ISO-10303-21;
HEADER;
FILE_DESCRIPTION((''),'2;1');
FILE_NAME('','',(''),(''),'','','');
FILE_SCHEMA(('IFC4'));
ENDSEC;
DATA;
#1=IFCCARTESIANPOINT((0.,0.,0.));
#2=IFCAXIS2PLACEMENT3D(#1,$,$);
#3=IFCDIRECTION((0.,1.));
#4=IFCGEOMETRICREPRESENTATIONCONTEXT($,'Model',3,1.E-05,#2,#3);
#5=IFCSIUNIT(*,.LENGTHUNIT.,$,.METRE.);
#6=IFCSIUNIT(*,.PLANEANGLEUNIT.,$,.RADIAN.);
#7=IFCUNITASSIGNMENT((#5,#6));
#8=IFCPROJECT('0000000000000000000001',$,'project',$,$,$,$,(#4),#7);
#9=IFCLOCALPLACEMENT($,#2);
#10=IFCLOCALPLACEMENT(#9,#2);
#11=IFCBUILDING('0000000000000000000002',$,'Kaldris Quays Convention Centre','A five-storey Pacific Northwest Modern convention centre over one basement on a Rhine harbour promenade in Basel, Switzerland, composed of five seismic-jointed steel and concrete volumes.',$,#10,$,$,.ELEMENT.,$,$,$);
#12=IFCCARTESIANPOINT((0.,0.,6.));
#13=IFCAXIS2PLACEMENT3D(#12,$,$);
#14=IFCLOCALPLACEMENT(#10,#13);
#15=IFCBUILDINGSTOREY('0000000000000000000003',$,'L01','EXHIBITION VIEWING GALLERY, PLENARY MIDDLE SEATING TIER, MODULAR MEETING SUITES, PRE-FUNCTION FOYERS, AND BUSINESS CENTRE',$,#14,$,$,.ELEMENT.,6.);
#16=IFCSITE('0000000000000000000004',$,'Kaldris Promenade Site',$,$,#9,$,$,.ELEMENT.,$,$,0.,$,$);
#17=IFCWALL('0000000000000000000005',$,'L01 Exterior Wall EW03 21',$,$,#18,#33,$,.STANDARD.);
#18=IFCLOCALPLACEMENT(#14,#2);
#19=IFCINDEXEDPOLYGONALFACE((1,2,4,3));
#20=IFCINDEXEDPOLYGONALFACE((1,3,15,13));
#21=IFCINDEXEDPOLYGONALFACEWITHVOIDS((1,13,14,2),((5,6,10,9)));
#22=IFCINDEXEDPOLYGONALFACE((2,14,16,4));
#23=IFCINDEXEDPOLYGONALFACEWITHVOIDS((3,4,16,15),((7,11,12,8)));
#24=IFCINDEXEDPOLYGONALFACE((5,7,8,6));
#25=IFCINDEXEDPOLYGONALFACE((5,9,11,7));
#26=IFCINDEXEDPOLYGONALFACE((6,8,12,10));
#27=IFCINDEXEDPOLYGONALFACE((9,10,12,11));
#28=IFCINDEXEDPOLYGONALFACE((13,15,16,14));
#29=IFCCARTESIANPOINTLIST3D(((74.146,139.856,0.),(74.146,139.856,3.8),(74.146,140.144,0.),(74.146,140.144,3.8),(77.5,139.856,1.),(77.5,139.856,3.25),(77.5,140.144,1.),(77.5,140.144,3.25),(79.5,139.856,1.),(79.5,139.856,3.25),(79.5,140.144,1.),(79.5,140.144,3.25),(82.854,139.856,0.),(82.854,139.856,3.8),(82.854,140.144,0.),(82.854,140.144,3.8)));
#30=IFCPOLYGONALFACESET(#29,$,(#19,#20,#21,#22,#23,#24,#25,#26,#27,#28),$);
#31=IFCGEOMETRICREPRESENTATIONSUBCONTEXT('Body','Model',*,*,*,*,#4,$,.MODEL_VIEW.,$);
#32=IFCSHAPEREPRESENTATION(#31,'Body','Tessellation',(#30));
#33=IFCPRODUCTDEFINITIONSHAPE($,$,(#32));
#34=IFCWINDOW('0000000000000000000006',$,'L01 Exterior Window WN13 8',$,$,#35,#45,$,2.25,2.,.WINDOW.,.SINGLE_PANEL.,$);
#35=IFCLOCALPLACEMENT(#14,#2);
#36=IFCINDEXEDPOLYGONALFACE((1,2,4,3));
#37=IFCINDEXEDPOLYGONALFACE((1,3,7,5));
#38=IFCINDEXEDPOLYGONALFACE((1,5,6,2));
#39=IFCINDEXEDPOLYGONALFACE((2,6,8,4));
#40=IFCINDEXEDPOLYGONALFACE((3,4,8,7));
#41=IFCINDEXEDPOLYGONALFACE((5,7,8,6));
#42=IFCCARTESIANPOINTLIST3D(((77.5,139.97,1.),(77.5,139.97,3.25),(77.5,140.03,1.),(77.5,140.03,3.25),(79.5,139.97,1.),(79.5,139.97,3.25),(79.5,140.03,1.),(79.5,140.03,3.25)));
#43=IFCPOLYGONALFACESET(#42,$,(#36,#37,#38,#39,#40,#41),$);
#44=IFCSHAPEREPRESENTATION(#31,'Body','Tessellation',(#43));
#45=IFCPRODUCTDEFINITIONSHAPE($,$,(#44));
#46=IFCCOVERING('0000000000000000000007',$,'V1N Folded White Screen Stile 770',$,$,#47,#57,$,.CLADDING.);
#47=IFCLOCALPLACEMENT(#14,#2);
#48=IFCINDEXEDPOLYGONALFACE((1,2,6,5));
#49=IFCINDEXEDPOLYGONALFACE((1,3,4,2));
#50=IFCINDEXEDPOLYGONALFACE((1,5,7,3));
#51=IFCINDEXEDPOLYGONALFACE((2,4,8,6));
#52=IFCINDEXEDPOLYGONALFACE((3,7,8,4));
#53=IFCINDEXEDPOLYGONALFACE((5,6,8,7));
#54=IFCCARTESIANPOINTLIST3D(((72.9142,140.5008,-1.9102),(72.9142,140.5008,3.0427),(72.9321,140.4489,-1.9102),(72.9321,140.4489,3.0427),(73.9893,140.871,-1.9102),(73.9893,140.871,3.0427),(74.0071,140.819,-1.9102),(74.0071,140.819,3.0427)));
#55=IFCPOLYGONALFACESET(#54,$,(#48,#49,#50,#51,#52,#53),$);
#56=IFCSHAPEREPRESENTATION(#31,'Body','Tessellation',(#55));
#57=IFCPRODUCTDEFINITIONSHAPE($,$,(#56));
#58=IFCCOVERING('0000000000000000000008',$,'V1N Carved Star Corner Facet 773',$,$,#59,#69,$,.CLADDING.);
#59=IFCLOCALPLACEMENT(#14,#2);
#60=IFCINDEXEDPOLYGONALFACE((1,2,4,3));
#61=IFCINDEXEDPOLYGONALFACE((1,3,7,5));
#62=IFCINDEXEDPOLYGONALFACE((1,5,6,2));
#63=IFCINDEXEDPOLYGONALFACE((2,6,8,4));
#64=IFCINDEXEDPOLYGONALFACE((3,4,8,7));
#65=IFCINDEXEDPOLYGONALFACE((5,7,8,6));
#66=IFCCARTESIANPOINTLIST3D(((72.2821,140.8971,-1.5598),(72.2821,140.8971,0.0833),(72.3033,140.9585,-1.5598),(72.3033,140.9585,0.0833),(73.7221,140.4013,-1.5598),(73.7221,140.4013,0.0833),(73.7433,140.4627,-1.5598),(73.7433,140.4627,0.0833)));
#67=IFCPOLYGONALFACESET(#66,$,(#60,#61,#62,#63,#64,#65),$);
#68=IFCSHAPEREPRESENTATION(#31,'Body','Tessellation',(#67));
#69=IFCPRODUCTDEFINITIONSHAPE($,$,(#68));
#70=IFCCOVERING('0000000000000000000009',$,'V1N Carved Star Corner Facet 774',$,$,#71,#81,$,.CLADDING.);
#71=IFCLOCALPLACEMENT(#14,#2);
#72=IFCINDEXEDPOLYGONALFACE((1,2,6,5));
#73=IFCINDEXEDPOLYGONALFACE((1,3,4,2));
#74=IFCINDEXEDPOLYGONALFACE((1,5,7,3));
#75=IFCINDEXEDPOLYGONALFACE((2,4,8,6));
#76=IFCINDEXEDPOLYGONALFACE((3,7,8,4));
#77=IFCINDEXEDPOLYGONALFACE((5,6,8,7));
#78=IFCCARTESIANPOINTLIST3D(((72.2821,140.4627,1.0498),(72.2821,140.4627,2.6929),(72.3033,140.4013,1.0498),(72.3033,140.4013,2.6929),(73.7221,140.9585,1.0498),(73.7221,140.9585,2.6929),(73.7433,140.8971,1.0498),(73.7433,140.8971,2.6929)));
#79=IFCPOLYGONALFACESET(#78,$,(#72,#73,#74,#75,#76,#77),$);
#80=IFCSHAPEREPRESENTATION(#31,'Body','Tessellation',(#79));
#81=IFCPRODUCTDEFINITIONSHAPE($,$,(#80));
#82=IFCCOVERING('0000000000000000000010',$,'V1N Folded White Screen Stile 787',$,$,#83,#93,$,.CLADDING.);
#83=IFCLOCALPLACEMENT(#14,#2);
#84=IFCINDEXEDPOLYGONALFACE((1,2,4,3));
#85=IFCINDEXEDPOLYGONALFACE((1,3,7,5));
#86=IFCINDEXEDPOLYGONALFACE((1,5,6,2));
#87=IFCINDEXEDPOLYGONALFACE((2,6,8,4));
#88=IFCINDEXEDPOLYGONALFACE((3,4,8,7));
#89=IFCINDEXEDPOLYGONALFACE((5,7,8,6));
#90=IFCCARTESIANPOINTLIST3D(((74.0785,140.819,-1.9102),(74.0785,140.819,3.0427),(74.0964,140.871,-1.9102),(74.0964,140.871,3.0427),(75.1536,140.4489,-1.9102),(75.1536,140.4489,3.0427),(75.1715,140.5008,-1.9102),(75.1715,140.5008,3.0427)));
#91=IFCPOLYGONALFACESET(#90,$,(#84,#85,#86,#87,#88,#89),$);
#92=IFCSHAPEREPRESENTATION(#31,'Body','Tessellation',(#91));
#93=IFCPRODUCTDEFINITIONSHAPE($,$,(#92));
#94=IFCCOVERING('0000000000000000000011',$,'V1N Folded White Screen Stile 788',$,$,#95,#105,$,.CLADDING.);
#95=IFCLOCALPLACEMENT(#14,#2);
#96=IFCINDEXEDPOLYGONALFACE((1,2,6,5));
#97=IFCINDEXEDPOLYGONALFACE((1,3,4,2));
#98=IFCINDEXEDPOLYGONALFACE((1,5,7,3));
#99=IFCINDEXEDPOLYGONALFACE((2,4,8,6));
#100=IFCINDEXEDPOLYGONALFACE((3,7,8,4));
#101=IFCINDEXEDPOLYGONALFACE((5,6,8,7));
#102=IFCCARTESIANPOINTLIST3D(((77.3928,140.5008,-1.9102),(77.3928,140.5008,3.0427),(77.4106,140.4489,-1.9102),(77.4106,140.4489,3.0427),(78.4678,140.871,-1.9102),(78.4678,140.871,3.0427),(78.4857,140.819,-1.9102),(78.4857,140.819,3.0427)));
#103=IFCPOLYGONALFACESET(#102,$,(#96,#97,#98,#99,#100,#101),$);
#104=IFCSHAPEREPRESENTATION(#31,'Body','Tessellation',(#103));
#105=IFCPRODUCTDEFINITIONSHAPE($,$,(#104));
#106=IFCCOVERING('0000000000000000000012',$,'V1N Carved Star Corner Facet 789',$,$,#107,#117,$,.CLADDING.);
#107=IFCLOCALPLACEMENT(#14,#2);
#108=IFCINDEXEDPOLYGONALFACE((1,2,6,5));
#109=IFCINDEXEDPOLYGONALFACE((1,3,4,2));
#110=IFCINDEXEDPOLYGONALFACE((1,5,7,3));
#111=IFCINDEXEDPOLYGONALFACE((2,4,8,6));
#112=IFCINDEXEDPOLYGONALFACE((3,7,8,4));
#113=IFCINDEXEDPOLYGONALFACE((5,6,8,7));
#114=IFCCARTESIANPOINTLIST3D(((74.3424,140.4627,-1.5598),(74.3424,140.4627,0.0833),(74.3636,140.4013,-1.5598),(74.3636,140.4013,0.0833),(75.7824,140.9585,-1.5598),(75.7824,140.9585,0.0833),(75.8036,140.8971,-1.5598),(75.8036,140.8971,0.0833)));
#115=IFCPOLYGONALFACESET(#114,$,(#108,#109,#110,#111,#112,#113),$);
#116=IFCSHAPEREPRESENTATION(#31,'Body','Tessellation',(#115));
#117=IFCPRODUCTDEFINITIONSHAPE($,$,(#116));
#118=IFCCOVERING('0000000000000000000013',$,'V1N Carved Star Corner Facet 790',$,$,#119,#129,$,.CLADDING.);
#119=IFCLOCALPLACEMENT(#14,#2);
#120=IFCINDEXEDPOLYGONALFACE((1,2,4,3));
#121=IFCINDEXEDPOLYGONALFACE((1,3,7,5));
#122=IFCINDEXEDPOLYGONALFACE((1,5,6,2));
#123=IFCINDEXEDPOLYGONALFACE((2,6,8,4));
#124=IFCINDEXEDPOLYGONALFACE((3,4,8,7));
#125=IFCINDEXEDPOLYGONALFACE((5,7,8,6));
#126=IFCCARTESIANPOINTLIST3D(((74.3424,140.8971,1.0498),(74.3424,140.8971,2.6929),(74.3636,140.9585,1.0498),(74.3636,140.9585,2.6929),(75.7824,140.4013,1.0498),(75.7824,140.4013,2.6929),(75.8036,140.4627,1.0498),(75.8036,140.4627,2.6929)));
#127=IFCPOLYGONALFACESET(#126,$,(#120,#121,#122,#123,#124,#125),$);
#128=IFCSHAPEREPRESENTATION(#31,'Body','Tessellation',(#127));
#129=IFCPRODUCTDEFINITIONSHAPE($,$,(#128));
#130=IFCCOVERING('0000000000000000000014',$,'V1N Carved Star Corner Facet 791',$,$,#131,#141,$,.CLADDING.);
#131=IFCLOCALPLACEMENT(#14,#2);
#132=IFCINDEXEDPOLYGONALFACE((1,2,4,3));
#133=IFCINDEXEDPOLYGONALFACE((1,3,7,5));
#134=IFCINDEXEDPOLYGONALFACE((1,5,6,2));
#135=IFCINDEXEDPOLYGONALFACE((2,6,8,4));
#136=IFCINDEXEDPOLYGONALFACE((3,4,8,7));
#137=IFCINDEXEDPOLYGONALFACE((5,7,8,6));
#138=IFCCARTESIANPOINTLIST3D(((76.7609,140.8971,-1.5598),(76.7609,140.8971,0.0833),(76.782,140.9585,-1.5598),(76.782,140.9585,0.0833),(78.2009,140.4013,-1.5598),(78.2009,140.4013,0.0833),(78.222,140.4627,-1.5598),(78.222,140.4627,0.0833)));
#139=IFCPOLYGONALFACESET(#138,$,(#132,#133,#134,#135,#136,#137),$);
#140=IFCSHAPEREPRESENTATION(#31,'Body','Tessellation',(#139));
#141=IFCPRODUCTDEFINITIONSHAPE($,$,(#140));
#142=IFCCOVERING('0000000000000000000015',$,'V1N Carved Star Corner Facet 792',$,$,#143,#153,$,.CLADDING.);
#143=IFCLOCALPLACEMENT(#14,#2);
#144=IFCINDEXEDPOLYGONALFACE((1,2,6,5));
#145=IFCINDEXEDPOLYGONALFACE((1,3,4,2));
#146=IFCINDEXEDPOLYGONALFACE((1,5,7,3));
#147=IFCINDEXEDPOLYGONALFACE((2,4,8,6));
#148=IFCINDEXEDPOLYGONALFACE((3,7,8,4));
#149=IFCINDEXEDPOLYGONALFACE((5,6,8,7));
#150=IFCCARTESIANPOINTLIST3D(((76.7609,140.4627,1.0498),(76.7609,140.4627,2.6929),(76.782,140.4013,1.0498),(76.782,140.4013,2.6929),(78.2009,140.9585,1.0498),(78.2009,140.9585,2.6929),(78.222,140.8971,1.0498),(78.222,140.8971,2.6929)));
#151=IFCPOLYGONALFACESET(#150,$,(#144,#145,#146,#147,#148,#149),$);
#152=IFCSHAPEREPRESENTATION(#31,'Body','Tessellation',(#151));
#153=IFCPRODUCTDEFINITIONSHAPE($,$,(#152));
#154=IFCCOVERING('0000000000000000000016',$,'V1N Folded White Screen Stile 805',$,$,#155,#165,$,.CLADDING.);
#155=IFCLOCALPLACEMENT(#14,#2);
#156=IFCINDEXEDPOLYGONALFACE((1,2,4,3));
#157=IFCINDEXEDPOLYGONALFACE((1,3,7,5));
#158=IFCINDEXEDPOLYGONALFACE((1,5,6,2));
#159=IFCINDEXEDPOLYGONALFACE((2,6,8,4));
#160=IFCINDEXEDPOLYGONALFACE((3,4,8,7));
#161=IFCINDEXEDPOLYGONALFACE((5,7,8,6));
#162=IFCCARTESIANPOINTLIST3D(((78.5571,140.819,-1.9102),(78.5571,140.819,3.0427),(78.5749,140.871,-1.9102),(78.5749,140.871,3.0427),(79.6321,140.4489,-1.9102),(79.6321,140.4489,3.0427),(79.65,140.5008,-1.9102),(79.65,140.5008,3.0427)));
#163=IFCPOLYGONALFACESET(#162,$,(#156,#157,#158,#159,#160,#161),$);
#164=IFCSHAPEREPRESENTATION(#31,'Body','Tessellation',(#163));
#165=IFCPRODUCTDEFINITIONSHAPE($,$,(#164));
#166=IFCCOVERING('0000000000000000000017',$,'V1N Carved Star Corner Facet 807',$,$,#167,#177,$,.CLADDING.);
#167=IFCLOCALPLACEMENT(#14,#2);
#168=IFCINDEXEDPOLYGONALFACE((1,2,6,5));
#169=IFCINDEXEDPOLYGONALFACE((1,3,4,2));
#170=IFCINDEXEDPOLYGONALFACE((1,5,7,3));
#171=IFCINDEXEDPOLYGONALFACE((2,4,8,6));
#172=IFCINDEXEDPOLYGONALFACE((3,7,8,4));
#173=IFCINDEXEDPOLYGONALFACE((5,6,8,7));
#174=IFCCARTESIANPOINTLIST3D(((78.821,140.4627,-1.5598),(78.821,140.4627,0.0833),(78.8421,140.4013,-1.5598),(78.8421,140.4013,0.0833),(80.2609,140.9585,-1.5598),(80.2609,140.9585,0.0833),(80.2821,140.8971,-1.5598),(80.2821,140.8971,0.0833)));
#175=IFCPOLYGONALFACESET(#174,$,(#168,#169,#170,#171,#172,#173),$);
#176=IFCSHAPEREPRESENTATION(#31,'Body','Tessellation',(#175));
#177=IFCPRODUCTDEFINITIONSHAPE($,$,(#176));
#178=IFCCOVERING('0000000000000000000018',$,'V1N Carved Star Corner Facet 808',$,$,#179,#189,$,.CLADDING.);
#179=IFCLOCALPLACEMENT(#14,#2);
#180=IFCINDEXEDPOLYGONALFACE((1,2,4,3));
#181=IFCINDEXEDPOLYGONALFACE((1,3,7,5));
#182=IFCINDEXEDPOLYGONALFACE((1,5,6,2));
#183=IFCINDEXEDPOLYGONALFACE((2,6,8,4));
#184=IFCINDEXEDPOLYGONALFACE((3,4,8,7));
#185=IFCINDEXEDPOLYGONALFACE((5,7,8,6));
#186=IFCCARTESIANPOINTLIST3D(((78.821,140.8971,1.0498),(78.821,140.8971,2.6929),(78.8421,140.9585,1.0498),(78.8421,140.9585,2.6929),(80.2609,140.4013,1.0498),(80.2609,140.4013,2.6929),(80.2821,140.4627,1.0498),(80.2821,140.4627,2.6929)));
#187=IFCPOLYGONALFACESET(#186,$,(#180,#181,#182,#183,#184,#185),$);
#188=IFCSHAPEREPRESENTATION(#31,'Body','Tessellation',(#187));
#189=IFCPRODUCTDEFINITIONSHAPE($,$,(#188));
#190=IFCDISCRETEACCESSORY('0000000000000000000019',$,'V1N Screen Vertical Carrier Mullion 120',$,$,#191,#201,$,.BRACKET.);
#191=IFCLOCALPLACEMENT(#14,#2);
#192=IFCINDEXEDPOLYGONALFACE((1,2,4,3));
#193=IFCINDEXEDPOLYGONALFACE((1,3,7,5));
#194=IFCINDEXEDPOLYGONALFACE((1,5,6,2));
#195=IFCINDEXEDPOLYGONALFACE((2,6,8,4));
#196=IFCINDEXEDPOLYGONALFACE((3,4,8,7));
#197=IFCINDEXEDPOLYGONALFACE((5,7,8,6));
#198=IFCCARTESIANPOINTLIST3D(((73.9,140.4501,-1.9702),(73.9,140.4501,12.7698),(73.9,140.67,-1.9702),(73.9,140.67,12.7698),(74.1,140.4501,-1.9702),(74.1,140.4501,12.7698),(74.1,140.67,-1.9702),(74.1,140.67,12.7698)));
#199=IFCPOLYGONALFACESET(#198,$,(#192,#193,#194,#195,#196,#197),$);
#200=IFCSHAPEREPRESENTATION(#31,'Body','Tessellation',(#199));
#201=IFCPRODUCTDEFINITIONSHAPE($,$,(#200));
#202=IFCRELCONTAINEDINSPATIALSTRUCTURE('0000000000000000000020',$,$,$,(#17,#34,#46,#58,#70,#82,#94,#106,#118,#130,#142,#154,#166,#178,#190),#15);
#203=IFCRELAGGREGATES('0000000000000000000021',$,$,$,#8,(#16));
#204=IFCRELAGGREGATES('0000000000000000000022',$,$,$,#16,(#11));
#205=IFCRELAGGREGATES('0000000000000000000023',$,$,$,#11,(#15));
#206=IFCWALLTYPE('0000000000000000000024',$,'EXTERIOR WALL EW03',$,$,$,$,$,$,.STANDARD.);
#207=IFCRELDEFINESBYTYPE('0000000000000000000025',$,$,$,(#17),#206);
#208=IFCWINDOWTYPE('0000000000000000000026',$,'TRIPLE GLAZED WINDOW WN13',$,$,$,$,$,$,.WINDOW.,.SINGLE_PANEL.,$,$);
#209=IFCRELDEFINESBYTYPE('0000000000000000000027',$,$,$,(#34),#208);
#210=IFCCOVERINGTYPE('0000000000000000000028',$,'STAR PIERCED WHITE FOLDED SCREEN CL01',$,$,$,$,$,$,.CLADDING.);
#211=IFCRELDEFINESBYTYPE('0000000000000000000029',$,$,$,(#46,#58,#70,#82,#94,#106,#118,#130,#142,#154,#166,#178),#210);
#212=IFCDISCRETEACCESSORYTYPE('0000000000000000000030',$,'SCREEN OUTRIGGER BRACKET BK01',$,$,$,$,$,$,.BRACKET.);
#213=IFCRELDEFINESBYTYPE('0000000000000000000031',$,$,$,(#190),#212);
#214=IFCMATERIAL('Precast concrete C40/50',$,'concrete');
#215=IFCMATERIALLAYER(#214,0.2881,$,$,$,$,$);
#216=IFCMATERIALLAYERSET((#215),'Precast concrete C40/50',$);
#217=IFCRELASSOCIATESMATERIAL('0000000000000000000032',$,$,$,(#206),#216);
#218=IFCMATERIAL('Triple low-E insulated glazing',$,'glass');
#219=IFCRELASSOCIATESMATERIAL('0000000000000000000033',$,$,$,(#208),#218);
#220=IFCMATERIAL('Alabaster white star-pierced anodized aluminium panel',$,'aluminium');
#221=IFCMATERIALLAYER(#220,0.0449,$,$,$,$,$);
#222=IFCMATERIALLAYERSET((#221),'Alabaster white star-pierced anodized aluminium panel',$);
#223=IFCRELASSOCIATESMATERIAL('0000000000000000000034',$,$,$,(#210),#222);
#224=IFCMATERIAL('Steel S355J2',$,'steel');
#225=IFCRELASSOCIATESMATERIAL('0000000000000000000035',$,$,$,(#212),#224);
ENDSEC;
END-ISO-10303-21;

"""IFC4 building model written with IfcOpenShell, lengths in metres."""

from ifc_helpers import new_model, si_unit, direction, frame, frame_2d, origin, origin_2d, place, context, subcontext, project, spatial, rectangle, extrude, material, layer, layer_set, type_object, element, fill, save


model = new_model("IFC4")

# Units and contexts
model_context = context("Model", 3, precision=1e-05, world=origin(), true_north=direction((0.0, 1.0)))
body_context = subcontext(model_context, "Body", "Model", "MODEL_VIEW")
ifc_project = project(units=[si_unit("LENGTHUNIT", "METRE"), si_unit("PLANEANGLEUNIT", "RADIAN")], contexts=[model_context])

# Site, building, storey
site_placement = place(None, origin())
site = spatial("IfcSite", under=ifc_project, at=site_placement, Name="Kaldris Promenade Site", CompositionType="ELEMENT", RefElevation=0.0)
building_placement = place(site_placement, origin())
building = spatial("IfcBuilding", under=site, at=building_placement, Name="Kaldris Quays Convention Centre", Description="A five-storey Pacific Northwest Modern convention centre over one basement on a Rhine harbour promenade in Basel, Switzerland, composed of five seismic-jointed steel and concrete volumes.", CompositionType="ELEMENT")
storey_placement = place(building_placement, frame((0.0, 0.0, 6.0)))
storey = spatial("IfcBuildingStorey", under=building, at=storey_placement, Name="L01", Description="EXHIBITION VIEWING GALLERY, PLENARY MIDDLE SEATING TIER, MODULAR MEETING SUITES, PRE-FUNCTION FOYERS, AND BUSINESS CENTRE", CompositionType="ELEMENT", Elevation=6.0)

# Shared definitions
ifc_material_1 = material(Name="Steel S355J2", Category="steel")

# Shared definitions
ifc_material_2 = material(Name="Triple low-E insulated glazing", Category="glass")

# Wall, opening, window
ifc_material_3 = material(Name="Precast concrete C40/50", Category="concrete")
ifc_layer_1 = layer(ifc_material_3, 0.2881)
ifc_layer_set_1 = layer_set([ifc_layer_1], Name="Precast concrete C40/50")
wall_type = type_object("IfcWallType", Name="EXTERIOR WALL EW03", PredefinedType="STANDARD", material=ifc_layer_set_1)
wall_placement = place(storey_placement, frame((74.146, 140.0, 0.0), z_axis=(0.0, 0.0, 1.0), x_axis=(1.0, 0.0, 0.0)))
wall = element("IfcWall", 1, at=wall_placement, inside=storey, type_object=wall_type, Name="L01 Exterior Wall EW03 21", PredefinedType="STANDARD", context=body_context, shape_type="SweptSolid", body=[
    extrude(rectangle(XDim=8.708, YDim=0.2881, at=frame_2d((4.354, 0.0))), origin(), (0.0, 0.0, 1.0), 3.8),
])
opening_placement = place(wall_placement, frame((3.354, 0.0, 1.0)))
opening = element("IfcOpeningElement", 2, at=opening_placement, cuts=wall, PredefinedType="OPENING", context=body_context, shape_type="SweptSolid", body=[
    extrude(rectangle(XDim=2.0, YDim=2.25, at=frame_2d((1.0, 1.125))), frame((0.0, 0.1541, 0.0), z_axis=(0.0, -1.0, 0.0), x_axis=(1.0, 0.0, 0.0)), (0.0, 0.0, 1.0), 0.3081),
])
window_type = type_object("IfcWindowType", Name="TRIPLE GLAZED WINDOW WN13", PartitioningType="SINGLE_PANEL", PredefinedType="WINDOW", material=ifc_material_2)
window_placement = place(opening_placement, origin())
window = element("IfcWindow", 3, at=window_placement, inside=storey, type_object=window_type, Name="L01 Exterior Window WN13 8", OverallHeight=2.25, OverallWidth=2.0, PartitioningType="SINGLE_PANEL", PredefinedType="WINDOW", context=body_context, shape_type="SweptSolid", body=[
    extrude(rectangle(XDim=2.0, YDim=2.25, at=frame_2d((1.0, 1.125))), frame((0.0, 0.03, 0.0), z_axis=(0.0, -1.0, 0.0), x_axis=(1.0, 0.0, 0.0)), (0.0, 0.0, 1.0), 0.0601),
])
fill(opening, window)

# Coverings
ifc_material_4 = material(Name="Alabaster white star-pierced anodized aluminium panel", Category="aluminium")
ifc_layer_2 = layer(ifc_material_4, 0.0449)
ifc_layer_set_2 = layer_set([ifc_layer_2], Name="Alabaster white star-pierced anodized aluminium panel")
covering_type = type_object("IfcCoveringType", Name="STAR PIERCED WHITE FOLDED SCREEN CL01", PredefinedType="CLADDING", material=ifc_layer_set_2)
covering_1_placement = place(storey_placement, frame((73.4607, 140.6599, -1.9102), z_axis=(0.0, 0.0, 1.0), x_axis=(0.945519, 0.325568, 0.0)))
element("IfcCovering", 4, at=covering_1_placement, inside=storey, type_object=covering_type, Name="V1N Folded White Screen Stile 770", PredefinedType="CLADDING", context=body_context, shape_type="SweptSolid", body=[
    extrude(rectangle(XDim=1.137, YDim=0.0549, at=origin_2d()), origin(), (0.0, 0.0, 1.0), 4.9529),
])
for number, where, z_axis, x_axis, name in (
    (5, (73.0127, 140.6799, -1.5598), (0.0, 0.0, 1.0), (0.945519, -0.325568, 0.0), "V1N Carved Star Corner Facet 773"),
    (6, (73.0127, 140.6799, 1.0498), (0.0, 0.0, 1.0), (0.945519, 0.325568, 0.0), "V1N Carved Star Corner Facet 774"),
):
    element("IfcCovering", number, at=place(storey_placement, frame(where, z_axis=z_axis, x_axis=x_axis)), inside=storey, type_object=covering_type, Name=name, PredefinedType="CLADDING", context=body_context, shape_type="SweptSolid", body=[
        extrude(rectangle(XDim=1.5229, YDim=0.0649, at=origin_2d()), origin(), (0.0, 0.0, 1.0), 1.6431),
    ])
for number, where, z_axis, x_axis, name in (
    (7, (74.625, 140.6599, -1.9102), (0.0, 0.0, 1.0), (0.945519, -0.325568, 0.0), "V1N Folded White Screen Stile 787"),
    (8, (77.9392, 140.6599, -1.9102), (0.0, 0.0, 1.0), (0.945519, 0.325568, 0.0), "V1N Folded White Screen Stile 788"),
):
    element("IfcCovering", number, at=place(storey_placement, frame(where, z_axis=z_axis, x_axis=x_axis)), inside=storey, type_object=covering_type, Name=name, PredefinedType="CLADDING", context=body_context, shape_type="SweptSolid", body=[
        extrude(rectangle(XDim=1.137, YDim=0.0549, at=origin_2d()), origin(), (0.0, 0.0, 1.0), 4.9529),
    ])
for number, where, z_axis, x_axis, name in (
    (9, (75.073, 140.6799, -1.5598), (0.0, 0.0, 1.0), (0.945519, 0.325568, 0.0), "V1N Carved Star Corner Facet 789"),
    (10, (75.073, 140.6799, 1.0498), (0.0, 0.0, 1.0), (0.945519, -0.325568, 0.0), "V1N Carved Star Corner Facet 790"),
    (11, (77.4915, 140.6799, -1.5598), (0.0, 0.0, 1.0), (0.945519, -0.325568, 0.0), "V1N Carved Star Corner Facet 791"),
    (12, (77.4915, 140.6799, 1.0498), (0.0, 0.0, 1.0), (0.945519, 0.325568, 0.0), "V1N Carved Star Corner Facet 792"),
):
    element("IfcCovering", number, at=place(storey_placement, frame(where, z_axis=z_axis, x_axis=x_axis)), inside=storey, type_object=covering_type, Name=name, PredefinedType="CLADDING", context=body_context, shape_type="SweptSolid", body=[
        extrude(rectangle(XDim=1.5229, YDim=0.0649, at=origin_2d()), origin(), (0.0, 0.0, 1.0), 1.6431),
    ])
covering_2_placement = place(storey_placement, frame((79.1035, 140.6599, -1.9102), z_axis=(0.0, 0.0, 1.0), x_axis=(0.945519, -0.325568, 0.0)))
element("IfcCovering", 13, at=covering_2_placement, inside=storey, type_object=covering_type, Name="V1N Folded White Screen Stile 805", PredefinedType="CLADDING", context=body_context, shape_type="SweptSolid", body=[
    extrude(rectangle(XDim=1.137, YDim=0.0549, at=origin_2d()), origin(), (0.0, 0.0, 1.0), 4.9529),
])
for number, where, z_axis, x_axis, name in (
    (14, (79.5515, 140.6799, -1.5598), (0.0, 0.0, 1.0), (0.945519, 0.325568, 0.0), "V1N Carved Star Corner Facet 807"),
    (15, (79.5515, 140.6799, 1.0498), (0.0, 0.0, 1.0), (0.945519, -0.325568, 0.0), "V1N Carved Star Corner Facet 808"),
):
    element("IfcCovering", number, at=place(storey_placement, frame(where, z_axis=z_axis, x_axis=x_axis)), inside=storey, type_object=covering_type, Name=name, PredefinedType="CLADDING", context=body_context, shape_type="SweptSolid", body=[
        extrude(rectangle(XDim=1.5229, YDim=0.0649, at=origin_2d()), origin(), (0.0, 0.0, 1.0), 1.6431),
    ])

# Discrete accessory
discrete_accessory_type = type_object("IfcDiscreteAccessoryType", Name="SCREEN OUTRIGGER BRACKET BK01", PredefinedType="BRACKET", material=ifc_material_1)
discrete_accessory_placement = place(storey_placement, frame((74.0, 140.5601, -1.9702), z_axis=(0.0, 0.0, 1.0), x_axis=(1.0, 0.0, 0.0)))
element("IfcDiscreteAccessory", 16, at=discrete_accessory_placement, inside=storey, type_object=discrete_accessory_type, Name="V1N Screen Vertical Carrier Mullion 120", PredefinedType="BRACKET", context=body_context, shape_type="SweptSolid", body=[
    extrude(rectangle(XDim=0.2, YDim=0.22, at=origin_2d()), origin(), (0.0, 0.0, 1.0), 14.74),
])

save(model, "model.ifc")
